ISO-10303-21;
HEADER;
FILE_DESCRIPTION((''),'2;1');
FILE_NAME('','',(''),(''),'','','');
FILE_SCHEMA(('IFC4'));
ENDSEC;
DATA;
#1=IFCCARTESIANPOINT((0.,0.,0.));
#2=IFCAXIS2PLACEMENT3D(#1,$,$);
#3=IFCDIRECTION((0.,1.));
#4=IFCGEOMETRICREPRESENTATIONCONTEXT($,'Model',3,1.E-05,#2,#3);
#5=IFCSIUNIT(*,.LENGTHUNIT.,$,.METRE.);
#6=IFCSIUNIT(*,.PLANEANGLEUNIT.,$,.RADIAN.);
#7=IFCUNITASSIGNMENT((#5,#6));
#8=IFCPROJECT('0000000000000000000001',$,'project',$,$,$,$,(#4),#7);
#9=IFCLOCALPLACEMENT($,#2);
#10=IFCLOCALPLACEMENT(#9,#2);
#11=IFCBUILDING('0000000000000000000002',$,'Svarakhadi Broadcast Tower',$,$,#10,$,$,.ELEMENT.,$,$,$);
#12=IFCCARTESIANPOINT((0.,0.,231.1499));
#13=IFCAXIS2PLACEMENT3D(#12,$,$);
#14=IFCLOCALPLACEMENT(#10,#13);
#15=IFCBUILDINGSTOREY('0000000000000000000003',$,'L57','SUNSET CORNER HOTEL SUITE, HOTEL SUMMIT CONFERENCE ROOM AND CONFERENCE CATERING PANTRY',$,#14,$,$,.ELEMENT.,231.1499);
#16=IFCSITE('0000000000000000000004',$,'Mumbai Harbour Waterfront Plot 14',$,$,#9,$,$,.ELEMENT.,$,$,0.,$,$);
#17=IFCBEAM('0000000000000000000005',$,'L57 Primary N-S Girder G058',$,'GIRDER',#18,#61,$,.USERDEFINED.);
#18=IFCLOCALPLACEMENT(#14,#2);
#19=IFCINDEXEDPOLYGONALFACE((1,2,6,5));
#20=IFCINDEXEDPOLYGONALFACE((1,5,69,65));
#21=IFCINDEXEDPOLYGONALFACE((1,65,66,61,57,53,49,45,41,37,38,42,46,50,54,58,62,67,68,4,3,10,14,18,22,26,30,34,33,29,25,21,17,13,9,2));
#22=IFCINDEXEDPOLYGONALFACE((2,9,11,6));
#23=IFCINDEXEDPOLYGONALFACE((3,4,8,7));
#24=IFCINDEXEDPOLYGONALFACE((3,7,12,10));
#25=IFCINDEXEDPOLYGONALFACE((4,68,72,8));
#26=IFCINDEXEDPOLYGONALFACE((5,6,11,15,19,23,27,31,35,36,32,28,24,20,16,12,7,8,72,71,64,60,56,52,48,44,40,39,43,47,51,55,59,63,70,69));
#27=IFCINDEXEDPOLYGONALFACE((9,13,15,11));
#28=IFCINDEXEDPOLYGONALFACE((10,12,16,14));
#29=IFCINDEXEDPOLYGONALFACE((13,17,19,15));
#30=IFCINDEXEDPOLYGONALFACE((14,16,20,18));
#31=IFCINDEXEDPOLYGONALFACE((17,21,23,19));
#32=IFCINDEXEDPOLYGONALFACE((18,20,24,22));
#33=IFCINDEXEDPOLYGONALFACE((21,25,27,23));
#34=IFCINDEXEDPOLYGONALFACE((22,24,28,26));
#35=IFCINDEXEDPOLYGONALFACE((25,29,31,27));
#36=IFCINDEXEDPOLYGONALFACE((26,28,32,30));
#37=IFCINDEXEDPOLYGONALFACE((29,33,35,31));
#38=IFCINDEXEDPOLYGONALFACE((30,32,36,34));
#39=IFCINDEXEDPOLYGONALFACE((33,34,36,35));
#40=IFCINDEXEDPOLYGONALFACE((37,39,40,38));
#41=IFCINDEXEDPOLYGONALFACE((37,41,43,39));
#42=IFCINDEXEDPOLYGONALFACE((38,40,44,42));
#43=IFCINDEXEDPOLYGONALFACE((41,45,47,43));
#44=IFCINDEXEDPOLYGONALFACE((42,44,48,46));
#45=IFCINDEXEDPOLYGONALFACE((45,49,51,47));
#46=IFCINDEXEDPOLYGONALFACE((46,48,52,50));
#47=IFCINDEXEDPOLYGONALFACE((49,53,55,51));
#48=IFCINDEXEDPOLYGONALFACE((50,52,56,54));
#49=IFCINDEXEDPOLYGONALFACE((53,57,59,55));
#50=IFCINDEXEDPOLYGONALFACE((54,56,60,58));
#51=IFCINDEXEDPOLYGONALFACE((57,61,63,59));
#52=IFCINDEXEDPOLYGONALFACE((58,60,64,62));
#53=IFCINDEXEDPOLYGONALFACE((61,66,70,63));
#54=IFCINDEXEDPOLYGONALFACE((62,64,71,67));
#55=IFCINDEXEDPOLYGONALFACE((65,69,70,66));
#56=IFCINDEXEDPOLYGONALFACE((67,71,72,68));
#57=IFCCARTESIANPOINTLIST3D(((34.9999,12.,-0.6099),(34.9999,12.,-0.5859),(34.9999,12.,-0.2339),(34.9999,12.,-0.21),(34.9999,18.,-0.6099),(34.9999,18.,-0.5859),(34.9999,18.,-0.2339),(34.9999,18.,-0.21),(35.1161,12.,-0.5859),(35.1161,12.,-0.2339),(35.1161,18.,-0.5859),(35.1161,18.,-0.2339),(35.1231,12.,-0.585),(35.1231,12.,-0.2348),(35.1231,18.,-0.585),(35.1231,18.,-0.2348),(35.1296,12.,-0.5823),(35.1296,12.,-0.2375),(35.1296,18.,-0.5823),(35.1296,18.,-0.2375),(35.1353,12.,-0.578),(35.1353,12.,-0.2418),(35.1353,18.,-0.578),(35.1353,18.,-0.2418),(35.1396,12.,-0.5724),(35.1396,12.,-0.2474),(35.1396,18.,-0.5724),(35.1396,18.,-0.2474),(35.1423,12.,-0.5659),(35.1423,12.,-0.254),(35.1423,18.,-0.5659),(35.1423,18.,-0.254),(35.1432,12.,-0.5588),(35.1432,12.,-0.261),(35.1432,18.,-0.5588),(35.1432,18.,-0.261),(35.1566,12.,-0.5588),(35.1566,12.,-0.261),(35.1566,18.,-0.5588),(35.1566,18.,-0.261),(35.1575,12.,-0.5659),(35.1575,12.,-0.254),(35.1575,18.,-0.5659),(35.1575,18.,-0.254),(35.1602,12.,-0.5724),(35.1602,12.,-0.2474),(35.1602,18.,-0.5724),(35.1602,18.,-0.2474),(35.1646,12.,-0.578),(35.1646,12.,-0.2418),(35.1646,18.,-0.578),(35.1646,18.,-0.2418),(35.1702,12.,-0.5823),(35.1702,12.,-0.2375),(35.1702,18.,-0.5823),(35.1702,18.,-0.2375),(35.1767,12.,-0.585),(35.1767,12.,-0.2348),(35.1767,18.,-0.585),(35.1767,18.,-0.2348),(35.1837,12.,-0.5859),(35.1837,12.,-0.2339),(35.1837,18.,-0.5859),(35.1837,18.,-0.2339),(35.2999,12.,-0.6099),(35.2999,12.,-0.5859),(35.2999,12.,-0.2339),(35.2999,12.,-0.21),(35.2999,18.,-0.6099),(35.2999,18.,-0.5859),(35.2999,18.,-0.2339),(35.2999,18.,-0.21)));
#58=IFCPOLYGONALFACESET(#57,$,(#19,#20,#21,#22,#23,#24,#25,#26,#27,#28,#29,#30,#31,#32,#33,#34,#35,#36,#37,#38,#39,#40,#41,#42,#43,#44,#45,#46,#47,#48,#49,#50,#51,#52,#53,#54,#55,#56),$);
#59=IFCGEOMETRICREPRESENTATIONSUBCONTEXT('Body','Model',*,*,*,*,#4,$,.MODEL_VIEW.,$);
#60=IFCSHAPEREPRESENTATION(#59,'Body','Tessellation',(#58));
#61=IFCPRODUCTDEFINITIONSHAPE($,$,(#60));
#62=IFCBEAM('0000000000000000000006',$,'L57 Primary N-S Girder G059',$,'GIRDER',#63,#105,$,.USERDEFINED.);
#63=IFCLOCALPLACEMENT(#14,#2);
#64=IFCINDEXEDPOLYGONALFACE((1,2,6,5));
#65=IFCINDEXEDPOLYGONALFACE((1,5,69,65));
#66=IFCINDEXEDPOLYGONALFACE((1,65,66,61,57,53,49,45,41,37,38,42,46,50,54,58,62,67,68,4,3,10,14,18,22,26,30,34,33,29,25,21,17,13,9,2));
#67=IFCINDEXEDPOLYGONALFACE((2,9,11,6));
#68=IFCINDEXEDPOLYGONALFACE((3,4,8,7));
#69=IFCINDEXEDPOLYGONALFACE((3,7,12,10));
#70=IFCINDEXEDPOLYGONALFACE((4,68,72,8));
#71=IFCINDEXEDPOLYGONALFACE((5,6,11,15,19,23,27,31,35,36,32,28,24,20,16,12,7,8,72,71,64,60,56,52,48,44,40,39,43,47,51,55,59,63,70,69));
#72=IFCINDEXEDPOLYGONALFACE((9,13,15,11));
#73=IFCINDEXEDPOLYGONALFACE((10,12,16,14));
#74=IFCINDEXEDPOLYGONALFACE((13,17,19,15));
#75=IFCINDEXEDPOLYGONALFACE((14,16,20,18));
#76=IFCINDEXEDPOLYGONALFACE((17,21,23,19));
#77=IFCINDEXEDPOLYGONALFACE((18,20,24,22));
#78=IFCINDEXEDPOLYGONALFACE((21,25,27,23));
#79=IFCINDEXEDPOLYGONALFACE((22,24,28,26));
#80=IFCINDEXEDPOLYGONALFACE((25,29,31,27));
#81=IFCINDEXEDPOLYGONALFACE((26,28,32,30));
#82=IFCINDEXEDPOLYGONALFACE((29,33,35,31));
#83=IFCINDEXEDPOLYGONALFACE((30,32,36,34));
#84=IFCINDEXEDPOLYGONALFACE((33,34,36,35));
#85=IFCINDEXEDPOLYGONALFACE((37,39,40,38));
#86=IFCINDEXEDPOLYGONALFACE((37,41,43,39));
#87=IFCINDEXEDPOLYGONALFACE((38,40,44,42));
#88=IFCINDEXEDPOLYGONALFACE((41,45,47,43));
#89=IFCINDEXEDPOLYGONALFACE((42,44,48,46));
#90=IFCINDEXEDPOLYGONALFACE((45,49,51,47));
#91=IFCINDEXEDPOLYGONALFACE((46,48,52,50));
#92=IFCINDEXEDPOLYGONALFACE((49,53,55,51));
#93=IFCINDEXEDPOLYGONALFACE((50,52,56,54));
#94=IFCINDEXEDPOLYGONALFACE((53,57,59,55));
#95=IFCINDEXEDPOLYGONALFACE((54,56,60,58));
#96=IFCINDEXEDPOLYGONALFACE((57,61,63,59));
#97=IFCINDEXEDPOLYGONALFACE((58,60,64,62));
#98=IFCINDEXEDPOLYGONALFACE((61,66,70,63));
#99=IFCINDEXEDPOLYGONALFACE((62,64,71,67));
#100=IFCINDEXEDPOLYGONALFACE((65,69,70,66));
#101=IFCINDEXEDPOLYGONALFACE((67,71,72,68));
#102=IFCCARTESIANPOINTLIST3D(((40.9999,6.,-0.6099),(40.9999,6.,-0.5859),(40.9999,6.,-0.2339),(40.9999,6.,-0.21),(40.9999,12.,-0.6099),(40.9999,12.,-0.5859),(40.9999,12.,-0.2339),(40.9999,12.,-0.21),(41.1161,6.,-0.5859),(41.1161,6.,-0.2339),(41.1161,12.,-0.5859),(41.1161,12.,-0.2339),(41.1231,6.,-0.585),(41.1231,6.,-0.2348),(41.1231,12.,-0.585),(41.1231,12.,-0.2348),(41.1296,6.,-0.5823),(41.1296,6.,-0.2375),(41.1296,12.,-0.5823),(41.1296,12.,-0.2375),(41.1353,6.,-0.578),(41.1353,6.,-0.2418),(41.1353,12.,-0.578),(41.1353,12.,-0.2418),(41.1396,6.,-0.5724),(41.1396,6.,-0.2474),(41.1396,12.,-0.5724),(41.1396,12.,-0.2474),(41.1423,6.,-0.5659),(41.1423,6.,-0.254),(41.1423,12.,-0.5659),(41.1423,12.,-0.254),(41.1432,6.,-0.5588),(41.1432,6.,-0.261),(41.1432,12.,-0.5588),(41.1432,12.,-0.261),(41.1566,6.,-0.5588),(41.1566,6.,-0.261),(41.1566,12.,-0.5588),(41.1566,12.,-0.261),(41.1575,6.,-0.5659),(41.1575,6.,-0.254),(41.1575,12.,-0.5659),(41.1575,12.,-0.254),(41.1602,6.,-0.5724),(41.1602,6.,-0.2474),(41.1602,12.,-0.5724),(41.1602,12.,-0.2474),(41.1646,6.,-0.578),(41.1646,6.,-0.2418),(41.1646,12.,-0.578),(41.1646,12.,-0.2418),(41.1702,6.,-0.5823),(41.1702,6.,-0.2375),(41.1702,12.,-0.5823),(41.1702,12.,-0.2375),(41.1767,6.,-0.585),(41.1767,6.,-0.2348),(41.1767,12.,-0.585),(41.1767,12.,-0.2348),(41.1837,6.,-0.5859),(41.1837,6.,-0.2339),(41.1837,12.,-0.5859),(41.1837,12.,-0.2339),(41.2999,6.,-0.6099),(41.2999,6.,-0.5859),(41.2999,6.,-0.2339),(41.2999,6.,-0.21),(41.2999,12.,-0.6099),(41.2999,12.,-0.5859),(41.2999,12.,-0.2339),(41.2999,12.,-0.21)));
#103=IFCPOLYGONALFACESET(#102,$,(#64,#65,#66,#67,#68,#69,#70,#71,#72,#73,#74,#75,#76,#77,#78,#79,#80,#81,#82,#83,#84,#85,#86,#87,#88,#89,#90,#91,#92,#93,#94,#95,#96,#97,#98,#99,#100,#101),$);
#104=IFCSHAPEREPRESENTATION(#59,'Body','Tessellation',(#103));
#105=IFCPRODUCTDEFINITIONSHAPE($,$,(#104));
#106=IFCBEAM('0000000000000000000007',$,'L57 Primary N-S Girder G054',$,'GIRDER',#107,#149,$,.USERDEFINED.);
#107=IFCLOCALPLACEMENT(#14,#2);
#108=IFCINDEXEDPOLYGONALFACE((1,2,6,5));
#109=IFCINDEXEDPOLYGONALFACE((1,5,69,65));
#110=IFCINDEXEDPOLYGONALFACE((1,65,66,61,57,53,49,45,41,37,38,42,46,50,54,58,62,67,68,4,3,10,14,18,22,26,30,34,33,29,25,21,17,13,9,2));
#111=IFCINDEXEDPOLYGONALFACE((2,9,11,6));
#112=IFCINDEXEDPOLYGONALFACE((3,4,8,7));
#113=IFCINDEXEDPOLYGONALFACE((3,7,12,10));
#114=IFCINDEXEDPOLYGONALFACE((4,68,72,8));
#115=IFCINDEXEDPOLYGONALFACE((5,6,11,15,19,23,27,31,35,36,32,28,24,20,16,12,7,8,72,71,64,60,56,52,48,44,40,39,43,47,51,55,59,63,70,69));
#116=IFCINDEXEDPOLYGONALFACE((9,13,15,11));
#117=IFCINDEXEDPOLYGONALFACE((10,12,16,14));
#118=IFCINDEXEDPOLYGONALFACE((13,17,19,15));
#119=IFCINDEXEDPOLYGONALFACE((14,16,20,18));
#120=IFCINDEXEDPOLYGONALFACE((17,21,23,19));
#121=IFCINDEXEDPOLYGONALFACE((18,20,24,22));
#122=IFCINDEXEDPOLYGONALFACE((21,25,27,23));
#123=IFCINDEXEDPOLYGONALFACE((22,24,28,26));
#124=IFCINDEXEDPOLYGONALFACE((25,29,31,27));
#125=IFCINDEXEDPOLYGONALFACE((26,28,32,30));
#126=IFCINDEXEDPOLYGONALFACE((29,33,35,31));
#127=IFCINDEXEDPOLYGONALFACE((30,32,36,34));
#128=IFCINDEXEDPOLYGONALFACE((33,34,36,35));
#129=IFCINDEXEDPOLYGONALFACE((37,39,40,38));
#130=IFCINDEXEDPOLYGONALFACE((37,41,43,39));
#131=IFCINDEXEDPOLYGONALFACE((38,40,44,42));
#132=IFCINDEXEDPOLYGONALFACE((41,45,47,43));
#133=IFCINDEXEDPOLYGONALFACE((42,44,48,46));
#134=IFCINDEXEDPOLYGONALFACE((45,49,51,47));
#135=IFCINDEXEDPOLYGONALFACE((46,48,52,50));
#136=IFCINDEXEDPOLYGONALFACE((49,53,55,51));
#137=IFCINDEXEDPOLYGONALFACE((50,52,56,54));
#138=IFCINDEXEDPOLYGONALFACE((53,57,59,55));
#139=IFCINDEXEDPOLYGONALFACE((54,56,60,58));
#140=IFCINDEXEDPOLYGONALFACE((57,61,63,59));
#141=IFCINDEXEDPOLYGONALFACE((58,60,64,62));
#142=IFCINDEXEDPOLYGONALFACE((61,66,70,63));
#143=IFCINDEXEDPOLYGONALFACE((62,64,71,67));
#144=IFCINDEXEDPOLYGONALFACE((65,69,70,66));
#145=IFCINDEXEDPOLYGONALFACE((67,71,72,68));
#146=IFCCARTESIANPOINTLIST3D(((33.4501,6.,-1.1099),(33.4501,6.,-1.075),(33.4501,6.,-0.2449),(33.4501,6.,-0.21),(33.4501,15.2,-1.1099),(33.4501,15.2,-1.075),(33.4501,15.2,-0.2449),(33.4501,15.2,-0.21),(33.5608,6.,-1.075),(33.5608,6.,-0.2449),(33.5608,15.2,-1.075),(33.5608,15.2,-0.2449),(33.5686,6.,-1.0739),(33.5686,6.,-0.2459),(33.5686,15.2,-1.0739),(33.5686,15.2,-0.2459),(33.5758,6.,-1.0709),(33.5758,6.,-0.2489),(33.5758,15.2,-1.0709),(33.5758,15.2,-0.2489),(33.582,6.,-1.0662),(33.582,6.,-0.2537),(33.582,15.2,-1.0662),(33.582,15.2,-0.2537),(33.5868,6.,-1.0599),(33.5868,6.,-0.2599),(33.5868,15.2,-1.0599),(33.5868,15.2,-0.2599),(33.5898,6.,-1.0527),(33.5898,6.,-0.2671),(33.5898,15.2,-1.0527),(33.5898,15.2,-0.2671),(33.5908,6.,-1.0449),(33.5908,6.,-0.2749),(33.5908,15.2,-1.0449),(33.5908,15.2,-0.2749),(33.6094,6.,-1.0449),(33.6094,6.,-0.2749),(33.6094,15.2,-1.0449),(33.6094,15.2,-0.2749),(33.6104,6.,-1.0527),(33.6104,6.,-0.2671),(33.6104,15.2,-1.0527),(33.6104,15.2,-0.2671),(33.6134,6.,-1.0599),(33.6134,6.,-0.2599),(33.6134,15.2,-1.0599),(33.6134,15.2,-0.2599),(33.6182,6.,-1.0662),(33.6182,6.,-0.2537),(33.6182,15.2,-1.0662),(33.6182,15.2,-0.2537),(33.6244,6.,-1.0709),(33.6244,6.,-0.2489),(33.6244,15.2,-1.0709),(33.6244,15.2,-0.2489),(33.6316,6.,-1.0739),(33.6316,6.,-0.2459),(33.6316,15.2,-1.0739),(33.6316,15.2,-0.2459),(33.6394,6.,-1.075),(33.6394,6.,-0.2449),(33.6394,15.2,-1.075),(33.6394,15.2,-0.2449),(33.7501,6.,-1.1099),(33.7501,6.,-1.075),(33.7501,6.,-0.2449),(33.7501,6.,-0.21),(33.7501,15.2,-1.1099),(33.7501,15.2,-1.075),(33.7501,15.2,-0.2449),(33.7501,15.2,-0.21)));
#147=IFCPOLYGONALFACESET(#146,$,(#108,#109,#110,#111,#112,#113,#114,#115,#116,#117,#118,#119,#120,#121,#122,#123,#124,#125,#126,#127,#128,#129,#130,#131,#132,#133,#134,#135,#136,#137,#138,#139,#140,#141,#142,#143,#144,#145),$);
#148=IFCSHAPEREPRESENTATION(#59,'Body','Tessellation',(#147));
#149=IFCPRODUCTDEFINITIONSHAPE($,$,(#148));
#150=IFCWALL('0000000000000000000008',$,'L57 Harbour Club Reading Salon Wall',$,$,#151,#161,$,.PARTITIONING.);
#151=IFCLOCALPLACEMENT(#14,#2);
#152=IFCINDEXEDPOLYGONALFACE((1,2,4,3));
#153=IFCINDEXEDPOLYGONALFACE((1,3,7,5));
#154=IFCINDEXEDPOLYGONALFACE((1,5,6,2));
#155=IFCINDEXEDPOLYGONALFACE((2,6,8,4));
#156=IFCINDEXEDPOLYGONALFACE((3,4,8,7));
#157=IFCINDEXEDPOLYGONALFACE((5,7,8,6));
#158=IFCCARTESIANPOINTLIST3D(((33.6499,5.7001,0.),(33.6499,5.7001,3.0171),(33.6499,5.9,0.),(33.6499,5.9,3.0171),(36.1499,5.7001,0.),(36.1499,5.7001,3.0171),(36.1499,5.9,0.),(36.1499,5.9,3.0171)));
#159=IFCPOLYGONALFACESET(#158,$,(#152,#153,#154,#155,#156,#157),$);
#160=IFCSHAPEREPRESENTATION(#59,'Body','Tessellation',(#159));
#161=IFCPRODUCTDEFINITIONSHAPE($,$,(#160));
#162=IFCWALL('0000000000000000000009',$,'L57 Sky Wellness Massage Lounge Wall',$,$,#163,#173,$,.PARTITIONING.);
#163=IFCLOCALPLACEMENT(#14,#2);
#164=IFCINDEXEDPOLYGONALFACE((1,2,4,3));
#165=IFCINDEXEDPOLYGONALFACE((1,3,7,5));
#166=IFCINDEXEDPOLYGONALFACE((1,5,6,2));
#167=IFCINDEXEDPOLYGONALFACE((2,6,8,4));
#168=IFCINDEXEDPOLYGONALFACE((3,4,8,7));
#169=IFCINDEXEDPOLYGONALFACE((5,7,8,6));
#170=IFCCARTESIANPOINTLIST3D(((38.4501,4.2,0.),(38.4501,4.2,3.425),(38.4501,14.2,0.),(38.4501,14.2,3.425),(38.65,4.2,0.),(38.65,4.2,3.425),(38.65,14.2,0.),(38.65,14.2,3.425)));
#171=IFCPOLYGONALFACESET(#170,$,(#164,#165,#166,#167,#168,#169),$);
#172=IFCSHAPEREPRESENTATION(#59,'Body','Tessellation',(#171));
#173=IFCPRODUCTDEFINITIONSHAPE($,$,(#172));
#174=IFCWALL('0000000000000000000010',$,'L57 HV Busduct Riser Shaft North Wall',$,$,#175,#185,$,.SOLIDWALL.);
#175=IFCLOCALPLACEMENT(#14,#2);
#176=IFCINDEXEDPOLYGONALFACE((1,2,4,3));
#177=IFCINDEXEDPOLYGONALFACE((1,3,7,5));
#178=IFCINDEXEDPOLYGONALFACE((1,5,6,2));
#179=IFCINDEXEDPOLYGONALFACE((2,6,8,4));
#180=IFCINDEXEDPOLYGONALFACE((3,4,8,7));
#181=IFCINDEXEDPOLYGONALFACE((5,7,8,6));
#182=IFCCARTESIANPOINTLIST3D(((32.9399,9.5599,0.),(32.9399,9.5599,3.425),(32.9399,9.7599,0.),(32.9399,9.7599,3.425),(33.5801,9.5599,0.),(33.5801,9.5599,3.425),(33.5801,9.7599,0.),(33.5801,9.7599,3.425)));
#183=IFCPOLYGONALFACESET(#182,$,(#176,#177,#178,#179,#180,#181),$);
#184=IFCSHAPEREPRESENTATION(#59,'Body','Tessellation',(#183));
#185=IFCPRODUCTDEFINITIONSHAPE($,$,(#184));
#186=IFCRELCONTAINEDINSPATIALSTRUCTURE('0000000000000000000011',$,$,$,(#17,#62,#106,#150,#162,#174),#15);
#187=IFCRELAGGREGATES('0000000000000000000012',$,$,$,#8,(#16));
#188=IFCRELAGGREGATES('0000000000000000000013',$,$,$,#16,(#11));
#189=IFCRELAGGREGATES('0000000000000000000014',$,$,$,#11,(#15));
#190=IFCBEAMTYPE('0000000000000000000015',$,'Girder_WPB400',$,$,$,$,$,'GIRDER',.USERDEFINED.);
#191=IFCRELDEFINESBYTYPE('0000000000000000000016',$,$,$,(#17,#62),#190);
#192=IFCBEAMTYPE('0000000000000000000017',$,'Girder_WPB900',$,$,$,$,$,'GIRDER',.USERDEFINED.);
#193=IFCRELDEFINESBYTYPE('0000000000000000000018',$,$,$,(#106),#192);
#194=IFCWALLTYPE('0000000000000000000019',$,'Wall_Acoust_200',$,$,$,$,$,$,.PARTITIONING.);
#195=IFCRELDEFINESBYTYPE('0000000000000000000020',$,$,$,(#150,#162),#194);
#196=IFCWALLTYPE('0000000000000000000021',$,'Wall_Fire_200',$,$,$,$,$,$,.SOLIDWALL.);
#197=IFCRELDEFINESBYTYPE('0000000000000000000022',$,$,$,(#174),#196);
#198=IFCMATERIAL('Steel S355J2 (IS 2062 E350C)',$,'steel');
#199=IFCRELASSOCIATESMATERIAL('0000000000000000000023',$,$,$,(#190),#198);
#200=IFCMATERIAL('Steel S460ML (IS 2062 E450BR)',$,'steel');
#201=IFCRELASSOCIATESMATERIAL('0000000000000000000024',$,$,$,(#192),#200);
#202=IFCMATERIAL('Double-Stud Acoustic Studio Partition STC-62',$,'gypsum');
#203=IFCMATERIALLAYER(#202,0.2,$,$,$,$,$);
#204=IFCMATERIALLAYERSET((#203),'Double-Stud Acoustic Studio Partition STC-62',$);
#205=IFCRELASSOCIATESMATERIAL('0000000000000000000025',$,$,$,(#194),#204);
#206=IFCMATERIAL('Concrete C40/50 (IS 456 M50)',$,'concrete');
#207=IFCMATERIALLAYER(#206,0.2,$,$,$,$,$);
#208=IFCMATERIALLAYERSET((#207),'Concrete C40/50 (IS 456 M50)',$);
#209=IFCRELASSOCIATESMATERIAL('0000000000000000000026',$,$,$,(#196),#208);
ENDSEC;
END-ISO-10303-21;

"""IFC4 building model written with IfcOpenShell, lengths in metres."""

from ifc_helpers import new_model, si_unit, direction, frame, frame_2d, origin, origin_2d, place, context, subcontext, project, spatial, rectangle, i_section, extrude, material, layer, layer_set, material_profile, profile_set, type_object, element, save


model = new_model("IFC4")

# Units and contexts
model_context = context("Model", 3, precision=1e-05, world=origin(), true_north=direction((0.0, 1.0)))
body_context = subcontext(model_context, "Body", "Model", "MODEL_VIEW")
ifc_project = project(units=[si_unit("LENGTHUNIT", "METRE"), si_unit("PLANEANGLEUNIT", "RADIAN")], contexts=[model_context])

# Site, building, storey
site_placement = place(None, origin())
site = spatial("IfcSite", under=ifc_project, at=site_placement, Name="Mumbai Harbour Waterfront Plot 14", CompositionType="ELEMENT", RefElevation=0.0)
building_placement = place(site_placement, origin())
building = spatial("IfcBuilding", under=site, at=building_placement, Name="Svarakhadi Broadcast Tower", CompositionType="ELEMENT")
storey_placement = place(building_placement, frame((0.0, 0.0, 231.1499)))
storey = spatial("IfcBuildingStorey", under=building, at=storey_placement, Name="L57", Description="SUNSET CORNER HOTEL SUITE, HOTEL SUMMIT CONFERENCE ROOM AND CONFERENCE CATERING PANTRY", CompositionType="ELEMENT", Elevation=231.1499)

# Shared definitions
ifc_material_1 = material(Name="Steel S460ML (IS 2062 E450BR)", Category="steel")

# Beams
ifc_material_2 = material(Name="Steel S355J2 (IS 2062 E350C)", Category="steel")
ifc_material_profile_1 = material_profile(ifc_material_2, i_section(OverallWidth=0.3, OverallDepth=0.3999, WebThickness=0.0134, FlangeThickness=0.0239, FilletRadius=0.0271, at=origin_2d()), Name="WPB 400x300x155")
ifc_profile_set_1 = profile_set([ifc_material_profile_1], Name="Steel S355J2 (IS 2062 E350C)")
beam_type_1 = type_object("IfcBeamType", Name="Girder_WPB400", ElementType="GIRDER", PredefinedType="USERDEFINED", material=ifc_profile_set_1)
for number, where, z_axis, x_axis, name in (
    (1, (35.1499, 12.0, -0.4099), (0.0, 1.0, 0.0), (-1.0, 0.0, 0.0), "L57 Primary N-S Girder G058"),
    (2, (41.1499, 6.0, -0.4099), (0.0, 1.0, 0.0), (-1.0, 0.0, 0.0), "L57 Primary N-S Girder G059"),
):
    element("IfcBeam", number, at=place(storey_placement, frame(where, z_axis=z_axis, x_axis=x_axis)), inside=storey, type_object=beam_type_1, Name=name, ObjectType="GIRDER", PredefinedType="USERDEFINED", context=body_context, shape_type="SweptSolid", body=[
        extrude(i_section(OverallWidth=0.3, OverallDepth=0.3999, WebThickness=0.0134, FlangeThickness=0.0239, FilletRadius=0.0271, at=origin_2d()), origin(), (0.0, 0.0, 1.0), 6.0),
    ])
ifc_material_profile_2 = material_profile(ifc_material_1, i_section(OverallWidth=0.3, OverallDepth=0.8999, WebThickness=0.0186, FlangeThickness=0.0349, FilletRadius=0.03, at=origin_2d()), Name="WPB 900x300x291")
ifc_profile_set_2 = profile_set([ifc_material_profile_2], Name="Steel S460ML (IS 2062 E450BR)")
beam_type_2 = type_object("IfcBeamType", Name="Girder_WPB900", ElementType="GIRDER", PredefinedType="USERDEFINED", material=ifc_profile_set_2)
beam_1_placement = place(storey_placement, frame((33.6001, 6.0, -0.6599), z_axis=(0.0, 1.0, 0.0), x_axis=(-1.0, 0.0, 0.0)))
element("IfcBeam", 3, at=beam_1_placement, inside=storey, type_object=beam_type_2, Name="L57 Primary N-S Girder G054", ObjectType="GIRDER", PredefinedType="USERDEFINED", context=body_context, shape_type="SweptSolid", body=[
    extrude(i_section(OverallWidth=0.3, OverallDepth=0.8999, WebThickness=0.0186, FlangeThickness=0.0349, FilletRadius=0.03, at=origin_2d()), origin(), (0.0, 0.0, 1.0), 9.2),
])

# Walls
ifc_material_3 = material(Name="Double-Stud Acoustic Studio Partition STC-62", Category="gypsum")
ifc_layer_1 = layer(ifc_material_3, 0.2)
ifc_layer_set_1 = layer_set([ifc_layer_1], Name="Double-Stud Acoustic Studio Partition STC-62")
wall_type_1 = type_object("IfcWallType", Name="Wall_Acoust_200", PredefinedType="PARTITIONING", material=ifc_layer_set_1)
wall_1_placement = place(storey_placement, frame((33.6499, 5.8, 0.0), z_axis=(0.0, 0.0, 1.0), x_axis=(1.0, 0.0, 0.0)))
element("IfcWall", 4, at=wall_1_placement, inside=storey, type_object=wall_type_1, Name="L57 Harbour Club Reading Salon Wall", PredefinedType="PARTITIONING", context=body_context, shape_type="SweptSolid", body=[
    extrude(rectangle(XDim=2.5, YDim=0.2, at=frame_2d((1.25, 0.0))), origin(), (0.0, 0.0, 1.0), 3.0171),
])
wall_2_placement = place(storey_placement, frame((38.55, 4.2, 0.0), z_axis=(0.0, 0.0, 1.0), x_axis=(0.0, 1.0, 0.0)))
element("IfcWall", 5, at=wall_2_placement, inside=storey, type_object=wall_type_1, Name="L57 Sky Wellness Massage Lounge Wall", PredefinedType="PARTITIONING", context=body_context, shape_type="SweptSolid", body=[
    extrude(rectangle(XDim=10.0, YDim=0.2, at=frame_2d((5.0, 0.0))), origin(), (0.0, 0.0, 1.0), 3.425),
])
ifc_material_4 = material(Name="Concrete C40/50 (IS 456 M50)", Category="concrete")
ifc_layer_2 = layer(ifc_material_4, 0.2)
ifc_layer_set_2 = layer_set([ifc_layer_2], Name="Concrete C40/50 (IS 456 M50)")
wall_type_2 = type_object("IfcWallType", Name="Wall_Fire_200", PredefinedType="SOLIDWALL", material=ifc_layer_set_2)
wall_3_placement = place(storey_placement, frame((32.9399, 9.6599, 0.0), z_axis=(0.0, 0.0, 1.0), x_axis=(1.0, 0.0, 0.0)))
element("IfcWall", 6, at=wall_3_placement, inside=storey, type_object=wall_type_2, Name="L57 HV Busduct Riser Shaft North Wall", PredefinedType="SOLIDWALL", context=body_context, shape_type="SweptSolid", body=[
    extrude(rectangle(XDim=0.6401, YDim=0.2, at=frame_2d((0.3201, 0.0))), origin(), (0.0, 0.0, 1.0), 3.425),
])

save(model, "model.ifc")
